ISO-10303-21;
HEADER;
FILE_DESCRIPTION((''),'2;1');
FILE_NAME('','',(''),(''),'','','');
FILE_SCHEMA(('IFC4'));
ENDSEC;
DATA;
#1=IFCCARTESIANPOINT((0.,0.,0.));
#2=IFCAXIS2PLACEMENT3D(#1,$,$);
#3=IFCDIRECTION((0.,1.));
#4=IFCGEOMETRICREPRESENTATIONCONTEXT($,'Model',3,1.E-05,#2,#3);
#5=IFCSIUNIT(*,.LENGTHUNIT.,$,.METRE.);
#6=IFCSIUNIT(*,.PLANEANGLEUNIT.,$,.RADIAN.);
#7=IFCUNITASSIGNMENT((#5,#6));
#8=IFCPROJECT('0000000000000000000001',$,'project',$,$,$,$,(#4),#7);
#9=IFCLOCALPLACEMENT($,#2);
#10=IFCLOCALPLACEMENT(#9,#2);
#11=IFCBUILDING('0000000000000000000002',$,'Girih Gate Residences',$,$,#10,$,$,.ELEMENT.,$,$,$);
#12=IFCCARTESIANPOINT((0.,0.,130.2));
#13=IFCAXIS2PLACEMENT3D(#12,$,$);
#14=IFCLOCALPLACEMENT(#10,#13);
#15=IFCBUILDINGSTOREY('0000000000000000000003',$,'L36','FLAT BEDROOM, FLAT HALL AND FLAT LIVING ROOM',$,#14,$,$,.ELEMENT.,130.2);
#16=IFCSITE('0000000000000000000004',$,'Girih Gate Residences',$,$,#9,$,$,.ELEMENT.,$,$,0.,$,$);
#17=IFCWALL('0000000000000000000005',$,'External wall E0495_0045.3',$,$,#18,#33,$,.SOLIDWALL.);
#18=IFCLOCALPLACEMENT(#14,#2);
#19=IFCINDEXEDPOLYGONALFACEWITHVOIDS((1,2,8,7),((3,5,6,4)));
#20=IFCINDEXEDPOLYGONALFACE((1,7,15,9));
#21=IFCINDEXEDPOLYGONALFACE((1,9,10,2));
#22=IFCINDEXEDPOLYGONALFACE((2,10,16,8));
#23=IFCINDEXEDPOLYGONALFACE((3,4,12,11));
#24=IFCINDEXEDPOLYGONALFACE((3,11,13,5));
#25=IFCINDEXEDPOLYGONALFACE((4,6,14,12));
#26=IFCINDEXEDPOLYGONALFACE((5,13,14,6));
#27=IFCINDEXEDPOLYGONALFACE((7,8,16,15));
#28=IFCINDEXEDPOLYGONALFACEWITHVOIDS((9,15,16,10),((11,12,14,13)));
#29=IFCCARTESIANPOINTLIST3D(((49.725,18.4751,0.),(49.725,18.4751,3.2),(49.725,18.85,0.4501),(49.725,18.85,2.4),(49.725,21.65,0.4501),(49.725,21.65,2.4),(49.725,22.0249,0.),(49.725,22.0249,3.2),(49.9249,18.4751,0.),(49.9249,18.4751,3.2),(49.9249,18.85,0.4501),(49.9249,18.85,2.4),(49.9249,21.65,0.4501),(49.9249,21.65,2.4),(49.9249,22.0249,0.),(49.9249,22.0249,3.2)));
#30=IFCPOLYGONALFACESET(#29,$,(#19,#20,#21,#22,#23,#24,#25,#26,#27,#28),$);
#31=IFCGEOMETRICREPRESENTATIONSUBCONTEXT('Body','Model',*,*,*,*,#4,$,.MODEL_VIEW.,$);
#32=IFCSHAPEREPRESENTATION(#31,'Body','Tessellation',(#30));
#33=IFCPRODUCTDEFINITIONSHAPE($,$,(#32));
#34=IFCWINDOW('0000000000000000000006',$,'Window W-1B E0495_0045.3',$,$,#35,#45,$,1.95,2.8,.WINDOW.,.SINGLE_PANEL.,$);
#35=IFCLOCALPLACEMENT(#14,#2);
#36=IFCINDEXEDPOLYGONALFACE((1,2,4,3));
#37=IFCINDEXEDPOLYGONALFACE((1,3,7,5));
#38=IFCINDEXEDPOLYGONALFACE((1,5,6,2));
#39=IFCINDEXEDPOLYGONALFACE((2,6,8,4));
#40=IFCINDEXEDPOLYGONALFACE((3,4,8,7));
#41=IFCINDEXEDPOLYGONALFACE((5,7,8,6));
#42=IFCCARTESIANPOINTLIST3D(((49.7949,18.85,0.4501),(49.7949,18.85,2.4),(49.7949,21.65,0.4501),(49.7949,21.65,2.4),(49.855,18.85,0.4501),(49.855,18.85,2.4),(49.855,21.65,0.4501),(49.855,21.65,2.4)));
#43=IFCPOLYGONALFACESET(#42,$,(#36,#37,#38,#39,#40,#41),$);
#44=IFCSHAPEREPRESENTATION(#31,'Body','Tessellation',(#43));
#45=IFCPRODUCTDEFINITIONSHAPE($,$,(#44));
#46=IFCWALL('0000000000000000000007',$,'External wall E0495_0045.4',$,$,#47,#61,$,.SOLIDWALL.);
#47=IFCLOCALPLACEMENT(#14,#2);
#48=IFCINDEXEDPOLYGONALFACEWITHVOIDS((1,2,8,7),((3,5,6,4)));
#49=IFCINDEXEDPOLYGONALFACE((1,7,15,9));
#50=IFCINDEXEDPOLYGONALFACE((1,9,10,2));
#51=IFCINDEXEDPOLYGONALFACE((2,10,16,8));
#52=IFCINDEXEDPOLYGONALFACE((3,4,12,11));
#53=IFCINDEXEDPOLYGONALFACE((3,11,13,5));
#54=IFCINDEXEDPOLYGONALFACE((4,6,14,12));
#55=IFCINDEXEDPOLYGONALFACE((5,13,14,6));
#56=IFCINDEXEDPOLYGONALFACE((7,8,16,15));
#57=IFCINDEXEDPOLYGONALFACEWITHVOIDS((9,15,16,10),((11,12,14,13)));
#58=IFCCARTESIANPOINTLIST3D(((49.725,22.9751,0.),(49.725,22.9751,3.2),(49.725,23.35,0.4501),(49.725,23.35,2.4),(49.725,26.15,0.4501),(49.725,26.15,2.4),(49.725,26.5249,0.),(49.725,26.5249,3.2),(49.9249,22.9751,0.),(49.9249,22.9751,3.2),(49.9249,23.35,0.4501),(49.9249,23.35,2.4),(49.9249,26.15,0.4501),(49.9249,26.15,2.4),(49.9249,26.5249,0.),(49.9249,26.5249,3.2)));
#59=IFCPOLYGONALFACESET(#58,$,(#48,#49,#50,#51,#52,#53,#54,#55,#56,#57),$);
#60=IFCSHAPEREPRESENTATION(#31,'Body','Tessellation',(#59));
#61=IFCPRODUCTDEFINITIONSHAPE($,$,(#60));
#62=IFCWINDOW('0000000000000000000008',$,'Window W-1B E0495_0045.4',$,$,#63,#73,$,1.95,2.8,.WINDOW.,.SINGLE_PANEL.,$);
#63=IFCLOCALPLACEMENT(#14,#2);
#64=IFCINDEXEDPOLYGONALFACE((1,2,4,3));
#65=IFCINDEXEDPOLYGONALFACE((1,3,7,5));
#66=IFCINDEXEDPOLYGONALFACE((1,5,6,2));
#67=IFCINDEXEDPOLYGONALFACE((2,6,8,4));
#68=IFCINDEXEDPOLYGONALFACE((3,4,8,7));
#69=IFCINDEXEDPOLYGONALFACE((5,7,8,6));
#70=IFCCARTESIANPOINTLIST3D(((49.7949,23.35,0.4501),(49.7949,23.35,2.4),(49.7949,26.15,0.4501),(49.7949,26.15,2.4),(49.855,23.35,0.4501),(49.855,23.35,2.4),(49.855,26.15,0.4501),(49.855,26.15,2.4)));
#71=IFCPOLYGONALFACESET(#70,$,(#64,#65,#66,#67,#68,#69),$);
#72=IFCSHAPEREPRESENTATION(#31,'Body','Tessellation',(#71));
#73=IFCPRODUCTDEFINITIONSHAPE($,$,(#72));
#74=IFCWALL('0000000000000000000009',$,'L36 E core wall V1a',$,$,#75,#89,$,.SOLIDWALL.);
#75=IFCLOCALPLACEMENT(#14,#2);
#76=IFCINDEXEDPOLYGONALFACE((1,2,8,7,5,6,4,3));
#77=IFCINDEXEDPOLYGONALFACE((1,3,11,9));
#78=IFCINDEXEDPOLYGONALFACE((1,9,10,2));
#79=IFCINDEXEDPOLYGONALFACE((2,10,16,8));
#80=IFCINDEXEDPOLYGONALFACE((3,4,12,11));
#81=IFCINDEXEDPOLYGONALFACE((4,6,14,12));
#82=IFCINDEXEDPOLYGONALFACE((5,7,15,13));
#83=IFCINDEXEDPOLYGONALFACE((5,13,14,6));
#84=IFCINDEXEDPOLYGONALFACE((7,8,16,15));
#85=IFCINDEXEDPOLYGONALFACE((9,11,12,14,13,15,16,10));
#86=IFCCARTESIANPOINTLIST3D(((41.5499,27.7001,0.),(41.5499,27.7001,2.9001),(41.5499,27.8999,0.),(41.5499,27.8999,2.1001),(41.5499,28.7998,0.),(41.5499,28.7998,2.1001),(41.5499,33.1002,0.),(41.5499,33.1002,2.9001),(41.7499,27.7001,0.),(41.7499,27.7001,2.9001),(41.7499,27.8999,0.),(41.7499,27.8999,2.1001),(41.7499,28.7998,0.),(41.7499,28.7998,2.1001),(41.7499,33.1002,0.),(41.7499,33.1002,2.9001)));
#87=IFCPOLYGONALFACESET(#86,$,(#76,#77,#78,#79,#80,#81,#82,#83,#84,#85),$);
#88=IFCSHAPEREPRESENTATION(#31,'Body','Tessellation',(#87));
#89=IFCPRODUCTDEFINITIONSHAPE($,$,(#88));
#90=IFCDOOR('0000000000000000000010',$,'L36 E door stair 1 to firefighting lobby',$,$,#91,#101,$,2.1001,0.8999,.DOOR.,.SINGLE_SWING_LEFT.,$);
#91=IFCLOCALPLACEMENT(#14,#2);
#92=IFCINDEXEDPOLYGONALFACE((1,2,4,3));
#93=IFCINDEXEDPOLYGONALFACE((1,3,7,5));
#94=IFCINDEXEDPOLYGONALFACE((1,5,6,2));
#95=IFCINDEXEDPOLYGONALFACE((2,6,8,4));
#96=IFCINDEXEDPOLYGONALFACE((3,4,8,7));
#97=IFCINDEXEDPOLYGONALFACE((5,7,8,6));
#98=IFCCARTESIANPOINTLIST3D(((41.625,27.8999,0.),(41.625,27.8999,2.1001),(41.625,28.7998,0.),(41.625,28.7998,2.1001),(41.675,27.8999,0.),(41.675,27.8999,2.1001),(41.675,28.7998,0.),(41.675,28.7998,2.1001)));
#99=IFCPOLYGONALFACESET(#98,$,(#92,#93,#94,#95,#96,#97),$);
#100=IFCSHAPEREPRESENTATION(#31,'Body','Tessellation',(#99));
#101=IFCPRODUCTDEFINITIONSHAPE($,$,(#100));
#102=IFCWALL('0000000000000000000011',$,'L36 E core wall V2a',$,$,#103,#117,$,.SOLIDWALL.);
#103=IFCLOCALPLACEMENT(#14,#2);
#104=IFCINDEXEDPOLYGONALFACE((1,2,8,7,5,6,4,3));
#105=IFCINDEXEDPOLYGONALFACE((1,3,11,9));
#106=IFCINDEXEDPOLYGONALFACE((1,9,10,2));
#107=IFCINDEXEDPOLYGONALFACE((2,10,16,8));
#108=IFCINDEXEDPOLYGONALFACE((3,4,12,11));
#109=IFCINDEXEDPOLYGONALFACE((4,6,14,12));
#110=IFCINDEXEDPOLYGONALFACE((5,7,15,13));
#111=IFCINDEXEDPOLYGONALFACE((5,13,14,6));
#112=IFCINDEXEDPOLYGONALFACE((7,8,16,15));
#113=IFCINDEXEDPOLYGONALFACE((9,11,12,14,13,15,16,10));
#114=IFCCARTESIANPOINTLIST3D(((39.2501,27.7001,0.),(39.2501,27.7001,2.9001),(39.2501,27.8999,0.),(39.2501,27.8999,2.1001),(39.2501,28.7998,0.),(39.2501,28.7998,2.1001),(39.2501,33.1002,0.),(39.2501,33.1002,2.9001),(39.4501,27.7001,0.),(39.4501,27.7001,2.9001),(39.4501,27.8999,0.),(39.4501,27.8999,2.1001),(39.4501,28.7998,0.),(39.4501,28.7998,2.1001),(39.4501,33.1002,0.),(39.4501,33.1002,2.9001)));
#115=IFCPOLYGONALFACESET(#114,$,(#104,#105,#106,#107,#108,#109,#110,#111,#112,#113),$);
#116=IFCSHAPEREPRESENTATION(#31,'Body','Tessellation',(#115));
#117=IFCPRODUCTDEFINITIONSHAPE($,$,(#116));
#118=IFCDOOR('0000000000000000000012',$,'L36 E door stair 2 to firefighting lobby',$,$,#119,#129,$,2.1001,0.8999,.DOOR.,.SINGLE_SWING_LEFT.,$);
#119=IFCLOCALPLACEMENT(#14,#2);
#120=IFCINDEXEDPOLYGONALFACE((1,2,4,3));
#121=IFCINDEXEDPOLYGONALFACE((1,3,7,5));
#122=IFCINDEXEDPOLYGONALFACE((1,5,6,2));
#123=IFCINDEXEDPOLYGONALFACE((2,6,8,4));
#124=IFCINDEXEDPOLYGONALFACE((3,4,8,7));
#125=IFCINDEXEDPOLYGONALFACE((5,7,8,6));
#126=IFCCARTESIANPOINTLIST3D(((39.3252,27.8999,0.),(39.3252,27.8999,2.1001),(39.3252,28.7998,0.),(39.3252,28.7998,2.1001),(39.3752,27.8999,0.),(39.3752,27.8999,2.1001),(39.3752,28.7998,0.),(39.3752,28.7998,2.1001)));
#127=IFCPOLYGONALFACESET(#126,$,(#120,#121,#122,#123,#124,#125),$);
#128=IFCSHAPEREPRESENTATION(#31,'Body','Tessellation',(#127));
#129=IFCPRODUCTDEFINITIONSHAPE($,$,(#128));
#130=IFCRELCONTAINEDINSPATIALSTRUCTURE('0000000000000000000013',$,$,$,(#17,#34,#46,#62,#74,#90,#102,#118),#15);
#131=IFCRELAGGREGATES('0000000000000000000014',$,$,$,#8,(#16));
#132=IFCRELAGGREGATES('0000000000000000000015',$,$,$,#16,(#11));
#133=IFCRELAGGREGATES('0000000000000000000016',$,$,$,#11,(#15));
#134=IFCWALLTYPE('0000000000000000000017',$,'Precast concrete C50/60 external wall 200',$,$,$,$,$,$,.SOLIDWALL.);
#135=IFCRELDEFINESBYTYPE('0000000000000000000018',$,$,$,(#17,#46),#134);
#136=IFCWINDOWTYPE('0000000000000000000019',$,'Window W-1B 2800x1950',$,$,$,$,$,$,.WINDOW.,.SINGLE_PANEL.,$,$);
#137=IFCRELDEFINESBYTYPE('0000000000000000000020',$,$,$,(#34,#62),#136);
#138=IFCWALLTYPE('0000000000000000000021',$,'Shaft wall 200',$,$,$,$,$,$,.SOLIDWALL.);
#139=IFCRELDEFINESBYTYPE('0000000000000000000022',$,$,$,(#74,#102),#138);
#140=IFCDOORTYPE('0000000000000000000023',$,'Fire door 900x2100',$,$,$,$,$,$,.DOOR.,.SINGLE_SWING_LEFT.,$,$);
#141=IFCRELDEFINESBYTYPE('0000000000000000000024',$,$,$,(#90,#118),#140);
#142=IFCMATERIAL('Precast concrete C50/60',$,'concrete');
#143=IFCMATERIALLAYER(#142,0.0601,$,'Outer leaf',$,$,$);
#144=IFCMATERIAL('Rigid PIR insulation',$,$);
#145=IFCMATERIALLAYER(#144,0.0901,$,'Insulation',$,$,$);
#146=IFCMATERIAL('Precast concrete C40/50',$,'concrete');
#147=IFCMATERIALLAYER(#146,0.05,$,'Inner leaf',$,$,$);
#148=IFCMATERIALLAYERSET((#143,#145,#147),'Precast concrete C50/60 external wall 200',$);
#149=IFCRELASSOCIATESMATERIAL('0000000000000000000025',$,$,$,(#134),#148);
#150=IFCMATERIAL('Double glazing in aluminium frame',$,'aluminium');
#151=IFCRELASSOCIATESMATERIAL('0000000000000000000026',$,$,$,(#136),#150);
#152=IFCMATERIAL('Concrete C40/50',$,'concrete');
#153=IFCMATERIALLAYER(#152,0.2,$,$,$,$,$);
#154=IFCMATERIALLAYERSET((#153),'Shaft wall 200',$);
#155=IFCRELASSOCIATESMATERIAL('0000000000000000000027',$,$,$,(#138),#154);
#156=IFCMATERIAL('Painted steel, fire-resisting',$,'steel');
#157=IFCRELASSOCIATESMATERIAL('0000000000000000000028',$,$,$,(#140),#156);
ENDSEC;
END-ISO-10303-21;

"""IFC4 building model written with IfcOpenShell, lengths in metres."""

from ifc_helpers import new_model, si_unit, direction, frame, frame_2d, origin, place, context, subcontext, project, spatial, rectangle, extrude, material, layer, layer_set, type_object, element, fill, save


model = new_model("IFC4")

# Units and contexts
model_context = context("Model", 3, precision=1e-05, world=origin(), true_north=direction((0.0, 1.0)))
body_context = subcontext(model_context, "Body", "Model", "MODEL_VIEW")
ifc_project = project(units=[si_unit("LENGTHUNIT", "METRE"), si_unit("PLANEANGLEUNIT", "RADIAN")], contexts=[model_context])

# Site, building, storey
site_placement = place(None, origin())
site = spatial("IfcSite", under=ifc_project, at=site_placement, Name="Girih Gate Residences", CompositionType="ELEMENT", RefElevation=0.0)
building_placement = place(site_placement, origin())
building = spatial("IfcBuilding", under=site, at=building_placement, Name="Girih Gate Residences", CompositionType="ELEMENT")
storey_placement = place(building_placement, frame((0.0, 0.0, 130.2)))
storey = spatial("IfcBuildingStorey", under=building, at=storey_placement, Name="L36", Description="FLAT BEDROOM, FLAT HALL AND FLAT LIVING ROOM", CompositionType="ELEMENT", Elevation=130.2)

# Shared definitions
ifc_material_1 = material(Name="Painted steel, fire-resisting", Category="steel")

# Walls, openings, windows
ifc_material_2 = material(Name="Precast concrete C50/60", Category="concrete")
ifc_layer_1 = layer(ifc_material_2, 0.0601, Name="Outer leaf")
ifc_material_3 = material(Name="Rigid PIR insulation")
ifc_layer_2 = layer(ifc_material_3, 0.0901, Name="Insulation")
ifc_material_4 = material(Name="Precast concrete C40/50", Category="concrete")
ifc_layer_3 = layer(ifc_material_4, 0.05, Name="Inner leaf")
ifc_layer_set_1 = layer_set([ifc_layer_1, ifc_layer_2, ifc_layer_3], Name="Precast concrete C50/60 external wall 200")
wall_type_1 = type_object("IfcWallType", Name="Precast concrete C50/60 external wall 200", PredefinedType="SOLIDWALL", material=ifc_layer_set_1)
wall_1_placement = place(storey_placement, frame((49.825, 22.0249, 0.0), z_axis=(0.0, 0.0, 1.0), x_axis=(0.0, -1.0, 0.0)))
wall_1 = element("IfcWall", 1, at=wall_1_placement, inside=storey, type_object=wall_type_1, Name="External wall E0495_0045.3", PredefinedType="SOLIDWALL", context=body_context, shape_type="SweptSolid", body=[
    extrude(rectangle(XDim=3.5498, YDim=0.2, at=frame_2d((1.7749, 0.0))), origin(), (0.0, 0.0, 1.0), 3.2),
])
opening_1_placement = place(wall_1_placement, frame((0.375, 0.0, 0.45)))
opening_1 = element("IfcOpeningElement", 2, at=opening_1_placement, cuts=wall_1, PredefinedType="OPENING", context=body_context, shape_type="SweptSolid", body=[
    extrude(rectangle(XDim=2.8, YDim=1.95, at=frame_2d((1.3999, 0.9751))), frame((0.0, 0.1099, 0.0), z_axis=(0.0, -1.0, 0.0), x_axis=(1.0, 0.0, 0.0)), (0.0, 0.0, 1.0), 0.22),
])
ifc_material_5 = material(Name="Double glazing in aluminium frame", Category="aluminium")
window_type = type_object("IfcWindowType", Name="Window W-1B 2800x1950", PartitioningType="SINGLE_PANEL", PredefinedType="WINDOW", material=ifc_material_5)
window_1_placement = place(opening_1_placement, origin())
window_1 = element("IfcWindow", 3, at=window_1_placement, inside=storey, type_object=window_type, Name="Window W-1B E0495_0045.3", OverallHeight=1.95, OverallWidth=2.8, PartitioningType="SINGLE_PANEL", PredefinedType="WINDOW", context=body_context, shape_type="SweptSolid", body=[
    extrude(rectangle(XDim=2.8, YDim=1.95, at=frame_2d((1.3999, 0.9751))), frame((0.0, 0.03, 0.0), z_axis=(0.0, -1.0, 0.0), x_axis=(1.0, 0.0, 0.0)), (0.0, 0.0, 1.0), 0.0601),
])
fill(opening_1, window_1)
wall_2_placement = place(storey_placement, frame((49.825, 26.5249, 0.0), z_axis=(0.0, 0.0, 1.0), x_axis=(0.0, -1.0, 0.0)))
wall_2 = element("IfcWall", 4, at=wall_2_placement, inside=storey, type_object=wall_type_1, Name="External wall E0495_0045.4", PredefinedType="SOLIDWALL", context=body_context, shape_type="SweptSolid", body=[
    extrude(rectangle(XDim=3.5498, YDim=0.2, at=frame_2d((1.7749, 0.0))), origin(), (0.0, 0.0, 1.0), 3.2),
])
opening_2_placement = place(wall_2_placement, frame((0.375, 0.0, 0.45)))
opening_2 = element("IfcOpeningElement", 5, at=opening_2_placement, cuts=wall_2, PredefinedType="OPENING", context=body_context, shape_type="SweptSolid", body=[
    extrude(rectangle(XDim=2.8, YDim=1.95, at=frame_2d((1.3999, 0.9751))), frame((0.0, 0.1099, 0.0), z_axis=(0.0, -1.0, 0.0), x_axis=(1.0, 0.0, 0.0)), (0.0, 0.0, 1.0), 0.22),
])
window_2_placement = place(opening_2_placement, origin())
window_2 = element("IfcWindow", 6, at=window_2_placement, inside=storey, type_object=window_type, Name="Window W-1B E0495_0045.4", OverallHeight=1.95, OverallWidth=2.8, PartitioningType="SINGLE_PANEL", PredefinedType="WINDOW", context=body_context, shape_type="SweptSolid", body=[
    extrude(rectangle(XDim=2.8, YDim=1.95, at=frame_2d((1.3999, 0.9751))), frame((0.0, 0.03, 0.0), z_axis=(0.0, -1.0, 0.0), x_axis=(1.0, 0.0, 0.0)), (0.0, 0.0, 1.0), 0.0601),
])
fill(opening_2, window_2)

# Walls, openings, doors
ifc_material_6 = material(Name="Concrete C40/50", Category="concrete")
ifc_layer_4 = layer(ifc_material_6, 0.2)
ifc_layer_set_2 = layer_set([ifc_layer_4], Name="Shaft wall 200")
wall_type_2 = type_object("IfcWallType", Name="Shaft wall 200", PredefinedType="SOLIDWALL", material=ifc_layer_set_2)
wall_3_placement = place(storey_placement, frame((41.6499, 27.7, 0.0), z_axis=(0.0, 0.0, 1.0), x_axis=(0.0, 1.0, 0.0)))
wall_3 = element("IfcWall", 7, at=wall_3_placement, inside=storey, type_object=wall_type_2, Name="L36 E core wall V1a", PredefinedType="SOLIDWALL", context=body_context, shape_type="SweptSolid", body=[
    extrude(rectangle(XDim=5.4001, YDim=0.2, at=frame_2d((2.7002, 0.0))), origin(), (0.0, 0.0, 1.0), 2.9001),
])
opening_3_placement = place(wall_3_placement, frame((0.2, 0.0, 0.0)))
opening_3 = element("IfcOpeningElement", 8, at=opening_3_placement, cuts=wall_3, PredefinedType="OPENING", context=body_context, shape_type="SweptSolid", body=[
    extrude(rectangle(XDim=0.8999, YDim=2.1001, at=frame_2d((0.45, 1.05))), frame((0.0, 0.1099, 0.0), z_axis=(0.0, -1.0, 0.0), x_axis=(1.0, 0.0, 0.0)), (0.0, 0.0, 1.0), 0.22),
])
door_type_1 = type_object("IfcDoorType", Name="Fire door 900x2100", OperationType="SINGLE_SWING_LEFT", PredefinedType="DOOR", material=ifc_material_1)
door_1_placement = place(opening_3_placement, origin())
door_1 = element("IfcDoor", 9, at=door_1_placement, inside=storey, type_object=door_type_1, Name="L36 E door stair 1 to firefighting lobby", OperationType="SINGLE_SWING_LEFT", OverallHeight=2.1001, OverallWidth=0.8999, PredefinedType="DOOR", context=body_context, shape_type="SweptSolid", body=[
    extrude(rectangle(XDim=0.8999, YDim=2.1001, at=frame_2d((0.45, 1.05))), frame((0.0, 0.0249, 0.0), z_axis=(0.0, -1.0, 0.0), x_axis=(1.0, 0.0, 0.0)), (0.0, 0.0, 1.0), 0.05),
])
fill(opening_3, door_1)
wall_4_placement = place(storey_placement, frame((39.3501, 27.7, 0.0), z_axis=(0.0, 0.0, 1.0), x_axis=(0.0, 1.0, 0.0)))
wall_4 = element("IfcWall", 10, at=wall_4_placement, inside=storey, type_object=wall_type_2, Name="L36 E core wall V2a", PredefinedType="SOLIDWALL", context=body_context, shape_type="SweptSolid", body=[
    extrude(rectangle(XDim=5.4001, YDim=0.2, at=frame_2d((2.7002, 0.0))), origin(), (0.0, 0.0, 1.0), 2.9001),
])
opening_4_placement = place(wall_4_placement, frame((0.2, 0.0, 0.0)))
opening_4 = element("IfcOpeningElement", 11, at=opening_4_placement, cuts=wall_4, PredefinedType="OPENING", context=body_context, shape_type="SweptSolid", body=[
    extrude(rectangle(XDim=0.8999, YDim=2.1001, at=frame_2d((0.45, 1.05))), frame((0.0, 0.1099, 0.0), z_axis=(0.0, -1.0, 0.0), x_axis=(1.0, 0.0, 0.0)), (0.0, 0.0, 1.0), 0.22),
])
door_2_placement = place(opening_4_placement, origin())
door_2 = element("IfcDoor", 12, at=door_2_placement, inside=storey, type_object=door_type_1, Name="L36 E door stair 2 to firefighting lobby", OperationType="SINGLE_SWING_LEFT", OverallHeight=2.1001, OverallWidth=0.8999, PredefinedType="DOOR", context=body_context, shape_type="SweptSolid", body=[
    extrude(rectangle(XDim=0.8999, YDim=2.1001, at=frame_2d((0.45, 1.05))), frame((0.0, 0.0249, 0.0), z_axis=(0.0, -1.0, 0.0), x_axis=(1.0, 0.0, 0.0)), (0.0, 0.0, 1.0), 0.05),
])
fill(opening_4, door_2)

save(model, "model.ifc")
